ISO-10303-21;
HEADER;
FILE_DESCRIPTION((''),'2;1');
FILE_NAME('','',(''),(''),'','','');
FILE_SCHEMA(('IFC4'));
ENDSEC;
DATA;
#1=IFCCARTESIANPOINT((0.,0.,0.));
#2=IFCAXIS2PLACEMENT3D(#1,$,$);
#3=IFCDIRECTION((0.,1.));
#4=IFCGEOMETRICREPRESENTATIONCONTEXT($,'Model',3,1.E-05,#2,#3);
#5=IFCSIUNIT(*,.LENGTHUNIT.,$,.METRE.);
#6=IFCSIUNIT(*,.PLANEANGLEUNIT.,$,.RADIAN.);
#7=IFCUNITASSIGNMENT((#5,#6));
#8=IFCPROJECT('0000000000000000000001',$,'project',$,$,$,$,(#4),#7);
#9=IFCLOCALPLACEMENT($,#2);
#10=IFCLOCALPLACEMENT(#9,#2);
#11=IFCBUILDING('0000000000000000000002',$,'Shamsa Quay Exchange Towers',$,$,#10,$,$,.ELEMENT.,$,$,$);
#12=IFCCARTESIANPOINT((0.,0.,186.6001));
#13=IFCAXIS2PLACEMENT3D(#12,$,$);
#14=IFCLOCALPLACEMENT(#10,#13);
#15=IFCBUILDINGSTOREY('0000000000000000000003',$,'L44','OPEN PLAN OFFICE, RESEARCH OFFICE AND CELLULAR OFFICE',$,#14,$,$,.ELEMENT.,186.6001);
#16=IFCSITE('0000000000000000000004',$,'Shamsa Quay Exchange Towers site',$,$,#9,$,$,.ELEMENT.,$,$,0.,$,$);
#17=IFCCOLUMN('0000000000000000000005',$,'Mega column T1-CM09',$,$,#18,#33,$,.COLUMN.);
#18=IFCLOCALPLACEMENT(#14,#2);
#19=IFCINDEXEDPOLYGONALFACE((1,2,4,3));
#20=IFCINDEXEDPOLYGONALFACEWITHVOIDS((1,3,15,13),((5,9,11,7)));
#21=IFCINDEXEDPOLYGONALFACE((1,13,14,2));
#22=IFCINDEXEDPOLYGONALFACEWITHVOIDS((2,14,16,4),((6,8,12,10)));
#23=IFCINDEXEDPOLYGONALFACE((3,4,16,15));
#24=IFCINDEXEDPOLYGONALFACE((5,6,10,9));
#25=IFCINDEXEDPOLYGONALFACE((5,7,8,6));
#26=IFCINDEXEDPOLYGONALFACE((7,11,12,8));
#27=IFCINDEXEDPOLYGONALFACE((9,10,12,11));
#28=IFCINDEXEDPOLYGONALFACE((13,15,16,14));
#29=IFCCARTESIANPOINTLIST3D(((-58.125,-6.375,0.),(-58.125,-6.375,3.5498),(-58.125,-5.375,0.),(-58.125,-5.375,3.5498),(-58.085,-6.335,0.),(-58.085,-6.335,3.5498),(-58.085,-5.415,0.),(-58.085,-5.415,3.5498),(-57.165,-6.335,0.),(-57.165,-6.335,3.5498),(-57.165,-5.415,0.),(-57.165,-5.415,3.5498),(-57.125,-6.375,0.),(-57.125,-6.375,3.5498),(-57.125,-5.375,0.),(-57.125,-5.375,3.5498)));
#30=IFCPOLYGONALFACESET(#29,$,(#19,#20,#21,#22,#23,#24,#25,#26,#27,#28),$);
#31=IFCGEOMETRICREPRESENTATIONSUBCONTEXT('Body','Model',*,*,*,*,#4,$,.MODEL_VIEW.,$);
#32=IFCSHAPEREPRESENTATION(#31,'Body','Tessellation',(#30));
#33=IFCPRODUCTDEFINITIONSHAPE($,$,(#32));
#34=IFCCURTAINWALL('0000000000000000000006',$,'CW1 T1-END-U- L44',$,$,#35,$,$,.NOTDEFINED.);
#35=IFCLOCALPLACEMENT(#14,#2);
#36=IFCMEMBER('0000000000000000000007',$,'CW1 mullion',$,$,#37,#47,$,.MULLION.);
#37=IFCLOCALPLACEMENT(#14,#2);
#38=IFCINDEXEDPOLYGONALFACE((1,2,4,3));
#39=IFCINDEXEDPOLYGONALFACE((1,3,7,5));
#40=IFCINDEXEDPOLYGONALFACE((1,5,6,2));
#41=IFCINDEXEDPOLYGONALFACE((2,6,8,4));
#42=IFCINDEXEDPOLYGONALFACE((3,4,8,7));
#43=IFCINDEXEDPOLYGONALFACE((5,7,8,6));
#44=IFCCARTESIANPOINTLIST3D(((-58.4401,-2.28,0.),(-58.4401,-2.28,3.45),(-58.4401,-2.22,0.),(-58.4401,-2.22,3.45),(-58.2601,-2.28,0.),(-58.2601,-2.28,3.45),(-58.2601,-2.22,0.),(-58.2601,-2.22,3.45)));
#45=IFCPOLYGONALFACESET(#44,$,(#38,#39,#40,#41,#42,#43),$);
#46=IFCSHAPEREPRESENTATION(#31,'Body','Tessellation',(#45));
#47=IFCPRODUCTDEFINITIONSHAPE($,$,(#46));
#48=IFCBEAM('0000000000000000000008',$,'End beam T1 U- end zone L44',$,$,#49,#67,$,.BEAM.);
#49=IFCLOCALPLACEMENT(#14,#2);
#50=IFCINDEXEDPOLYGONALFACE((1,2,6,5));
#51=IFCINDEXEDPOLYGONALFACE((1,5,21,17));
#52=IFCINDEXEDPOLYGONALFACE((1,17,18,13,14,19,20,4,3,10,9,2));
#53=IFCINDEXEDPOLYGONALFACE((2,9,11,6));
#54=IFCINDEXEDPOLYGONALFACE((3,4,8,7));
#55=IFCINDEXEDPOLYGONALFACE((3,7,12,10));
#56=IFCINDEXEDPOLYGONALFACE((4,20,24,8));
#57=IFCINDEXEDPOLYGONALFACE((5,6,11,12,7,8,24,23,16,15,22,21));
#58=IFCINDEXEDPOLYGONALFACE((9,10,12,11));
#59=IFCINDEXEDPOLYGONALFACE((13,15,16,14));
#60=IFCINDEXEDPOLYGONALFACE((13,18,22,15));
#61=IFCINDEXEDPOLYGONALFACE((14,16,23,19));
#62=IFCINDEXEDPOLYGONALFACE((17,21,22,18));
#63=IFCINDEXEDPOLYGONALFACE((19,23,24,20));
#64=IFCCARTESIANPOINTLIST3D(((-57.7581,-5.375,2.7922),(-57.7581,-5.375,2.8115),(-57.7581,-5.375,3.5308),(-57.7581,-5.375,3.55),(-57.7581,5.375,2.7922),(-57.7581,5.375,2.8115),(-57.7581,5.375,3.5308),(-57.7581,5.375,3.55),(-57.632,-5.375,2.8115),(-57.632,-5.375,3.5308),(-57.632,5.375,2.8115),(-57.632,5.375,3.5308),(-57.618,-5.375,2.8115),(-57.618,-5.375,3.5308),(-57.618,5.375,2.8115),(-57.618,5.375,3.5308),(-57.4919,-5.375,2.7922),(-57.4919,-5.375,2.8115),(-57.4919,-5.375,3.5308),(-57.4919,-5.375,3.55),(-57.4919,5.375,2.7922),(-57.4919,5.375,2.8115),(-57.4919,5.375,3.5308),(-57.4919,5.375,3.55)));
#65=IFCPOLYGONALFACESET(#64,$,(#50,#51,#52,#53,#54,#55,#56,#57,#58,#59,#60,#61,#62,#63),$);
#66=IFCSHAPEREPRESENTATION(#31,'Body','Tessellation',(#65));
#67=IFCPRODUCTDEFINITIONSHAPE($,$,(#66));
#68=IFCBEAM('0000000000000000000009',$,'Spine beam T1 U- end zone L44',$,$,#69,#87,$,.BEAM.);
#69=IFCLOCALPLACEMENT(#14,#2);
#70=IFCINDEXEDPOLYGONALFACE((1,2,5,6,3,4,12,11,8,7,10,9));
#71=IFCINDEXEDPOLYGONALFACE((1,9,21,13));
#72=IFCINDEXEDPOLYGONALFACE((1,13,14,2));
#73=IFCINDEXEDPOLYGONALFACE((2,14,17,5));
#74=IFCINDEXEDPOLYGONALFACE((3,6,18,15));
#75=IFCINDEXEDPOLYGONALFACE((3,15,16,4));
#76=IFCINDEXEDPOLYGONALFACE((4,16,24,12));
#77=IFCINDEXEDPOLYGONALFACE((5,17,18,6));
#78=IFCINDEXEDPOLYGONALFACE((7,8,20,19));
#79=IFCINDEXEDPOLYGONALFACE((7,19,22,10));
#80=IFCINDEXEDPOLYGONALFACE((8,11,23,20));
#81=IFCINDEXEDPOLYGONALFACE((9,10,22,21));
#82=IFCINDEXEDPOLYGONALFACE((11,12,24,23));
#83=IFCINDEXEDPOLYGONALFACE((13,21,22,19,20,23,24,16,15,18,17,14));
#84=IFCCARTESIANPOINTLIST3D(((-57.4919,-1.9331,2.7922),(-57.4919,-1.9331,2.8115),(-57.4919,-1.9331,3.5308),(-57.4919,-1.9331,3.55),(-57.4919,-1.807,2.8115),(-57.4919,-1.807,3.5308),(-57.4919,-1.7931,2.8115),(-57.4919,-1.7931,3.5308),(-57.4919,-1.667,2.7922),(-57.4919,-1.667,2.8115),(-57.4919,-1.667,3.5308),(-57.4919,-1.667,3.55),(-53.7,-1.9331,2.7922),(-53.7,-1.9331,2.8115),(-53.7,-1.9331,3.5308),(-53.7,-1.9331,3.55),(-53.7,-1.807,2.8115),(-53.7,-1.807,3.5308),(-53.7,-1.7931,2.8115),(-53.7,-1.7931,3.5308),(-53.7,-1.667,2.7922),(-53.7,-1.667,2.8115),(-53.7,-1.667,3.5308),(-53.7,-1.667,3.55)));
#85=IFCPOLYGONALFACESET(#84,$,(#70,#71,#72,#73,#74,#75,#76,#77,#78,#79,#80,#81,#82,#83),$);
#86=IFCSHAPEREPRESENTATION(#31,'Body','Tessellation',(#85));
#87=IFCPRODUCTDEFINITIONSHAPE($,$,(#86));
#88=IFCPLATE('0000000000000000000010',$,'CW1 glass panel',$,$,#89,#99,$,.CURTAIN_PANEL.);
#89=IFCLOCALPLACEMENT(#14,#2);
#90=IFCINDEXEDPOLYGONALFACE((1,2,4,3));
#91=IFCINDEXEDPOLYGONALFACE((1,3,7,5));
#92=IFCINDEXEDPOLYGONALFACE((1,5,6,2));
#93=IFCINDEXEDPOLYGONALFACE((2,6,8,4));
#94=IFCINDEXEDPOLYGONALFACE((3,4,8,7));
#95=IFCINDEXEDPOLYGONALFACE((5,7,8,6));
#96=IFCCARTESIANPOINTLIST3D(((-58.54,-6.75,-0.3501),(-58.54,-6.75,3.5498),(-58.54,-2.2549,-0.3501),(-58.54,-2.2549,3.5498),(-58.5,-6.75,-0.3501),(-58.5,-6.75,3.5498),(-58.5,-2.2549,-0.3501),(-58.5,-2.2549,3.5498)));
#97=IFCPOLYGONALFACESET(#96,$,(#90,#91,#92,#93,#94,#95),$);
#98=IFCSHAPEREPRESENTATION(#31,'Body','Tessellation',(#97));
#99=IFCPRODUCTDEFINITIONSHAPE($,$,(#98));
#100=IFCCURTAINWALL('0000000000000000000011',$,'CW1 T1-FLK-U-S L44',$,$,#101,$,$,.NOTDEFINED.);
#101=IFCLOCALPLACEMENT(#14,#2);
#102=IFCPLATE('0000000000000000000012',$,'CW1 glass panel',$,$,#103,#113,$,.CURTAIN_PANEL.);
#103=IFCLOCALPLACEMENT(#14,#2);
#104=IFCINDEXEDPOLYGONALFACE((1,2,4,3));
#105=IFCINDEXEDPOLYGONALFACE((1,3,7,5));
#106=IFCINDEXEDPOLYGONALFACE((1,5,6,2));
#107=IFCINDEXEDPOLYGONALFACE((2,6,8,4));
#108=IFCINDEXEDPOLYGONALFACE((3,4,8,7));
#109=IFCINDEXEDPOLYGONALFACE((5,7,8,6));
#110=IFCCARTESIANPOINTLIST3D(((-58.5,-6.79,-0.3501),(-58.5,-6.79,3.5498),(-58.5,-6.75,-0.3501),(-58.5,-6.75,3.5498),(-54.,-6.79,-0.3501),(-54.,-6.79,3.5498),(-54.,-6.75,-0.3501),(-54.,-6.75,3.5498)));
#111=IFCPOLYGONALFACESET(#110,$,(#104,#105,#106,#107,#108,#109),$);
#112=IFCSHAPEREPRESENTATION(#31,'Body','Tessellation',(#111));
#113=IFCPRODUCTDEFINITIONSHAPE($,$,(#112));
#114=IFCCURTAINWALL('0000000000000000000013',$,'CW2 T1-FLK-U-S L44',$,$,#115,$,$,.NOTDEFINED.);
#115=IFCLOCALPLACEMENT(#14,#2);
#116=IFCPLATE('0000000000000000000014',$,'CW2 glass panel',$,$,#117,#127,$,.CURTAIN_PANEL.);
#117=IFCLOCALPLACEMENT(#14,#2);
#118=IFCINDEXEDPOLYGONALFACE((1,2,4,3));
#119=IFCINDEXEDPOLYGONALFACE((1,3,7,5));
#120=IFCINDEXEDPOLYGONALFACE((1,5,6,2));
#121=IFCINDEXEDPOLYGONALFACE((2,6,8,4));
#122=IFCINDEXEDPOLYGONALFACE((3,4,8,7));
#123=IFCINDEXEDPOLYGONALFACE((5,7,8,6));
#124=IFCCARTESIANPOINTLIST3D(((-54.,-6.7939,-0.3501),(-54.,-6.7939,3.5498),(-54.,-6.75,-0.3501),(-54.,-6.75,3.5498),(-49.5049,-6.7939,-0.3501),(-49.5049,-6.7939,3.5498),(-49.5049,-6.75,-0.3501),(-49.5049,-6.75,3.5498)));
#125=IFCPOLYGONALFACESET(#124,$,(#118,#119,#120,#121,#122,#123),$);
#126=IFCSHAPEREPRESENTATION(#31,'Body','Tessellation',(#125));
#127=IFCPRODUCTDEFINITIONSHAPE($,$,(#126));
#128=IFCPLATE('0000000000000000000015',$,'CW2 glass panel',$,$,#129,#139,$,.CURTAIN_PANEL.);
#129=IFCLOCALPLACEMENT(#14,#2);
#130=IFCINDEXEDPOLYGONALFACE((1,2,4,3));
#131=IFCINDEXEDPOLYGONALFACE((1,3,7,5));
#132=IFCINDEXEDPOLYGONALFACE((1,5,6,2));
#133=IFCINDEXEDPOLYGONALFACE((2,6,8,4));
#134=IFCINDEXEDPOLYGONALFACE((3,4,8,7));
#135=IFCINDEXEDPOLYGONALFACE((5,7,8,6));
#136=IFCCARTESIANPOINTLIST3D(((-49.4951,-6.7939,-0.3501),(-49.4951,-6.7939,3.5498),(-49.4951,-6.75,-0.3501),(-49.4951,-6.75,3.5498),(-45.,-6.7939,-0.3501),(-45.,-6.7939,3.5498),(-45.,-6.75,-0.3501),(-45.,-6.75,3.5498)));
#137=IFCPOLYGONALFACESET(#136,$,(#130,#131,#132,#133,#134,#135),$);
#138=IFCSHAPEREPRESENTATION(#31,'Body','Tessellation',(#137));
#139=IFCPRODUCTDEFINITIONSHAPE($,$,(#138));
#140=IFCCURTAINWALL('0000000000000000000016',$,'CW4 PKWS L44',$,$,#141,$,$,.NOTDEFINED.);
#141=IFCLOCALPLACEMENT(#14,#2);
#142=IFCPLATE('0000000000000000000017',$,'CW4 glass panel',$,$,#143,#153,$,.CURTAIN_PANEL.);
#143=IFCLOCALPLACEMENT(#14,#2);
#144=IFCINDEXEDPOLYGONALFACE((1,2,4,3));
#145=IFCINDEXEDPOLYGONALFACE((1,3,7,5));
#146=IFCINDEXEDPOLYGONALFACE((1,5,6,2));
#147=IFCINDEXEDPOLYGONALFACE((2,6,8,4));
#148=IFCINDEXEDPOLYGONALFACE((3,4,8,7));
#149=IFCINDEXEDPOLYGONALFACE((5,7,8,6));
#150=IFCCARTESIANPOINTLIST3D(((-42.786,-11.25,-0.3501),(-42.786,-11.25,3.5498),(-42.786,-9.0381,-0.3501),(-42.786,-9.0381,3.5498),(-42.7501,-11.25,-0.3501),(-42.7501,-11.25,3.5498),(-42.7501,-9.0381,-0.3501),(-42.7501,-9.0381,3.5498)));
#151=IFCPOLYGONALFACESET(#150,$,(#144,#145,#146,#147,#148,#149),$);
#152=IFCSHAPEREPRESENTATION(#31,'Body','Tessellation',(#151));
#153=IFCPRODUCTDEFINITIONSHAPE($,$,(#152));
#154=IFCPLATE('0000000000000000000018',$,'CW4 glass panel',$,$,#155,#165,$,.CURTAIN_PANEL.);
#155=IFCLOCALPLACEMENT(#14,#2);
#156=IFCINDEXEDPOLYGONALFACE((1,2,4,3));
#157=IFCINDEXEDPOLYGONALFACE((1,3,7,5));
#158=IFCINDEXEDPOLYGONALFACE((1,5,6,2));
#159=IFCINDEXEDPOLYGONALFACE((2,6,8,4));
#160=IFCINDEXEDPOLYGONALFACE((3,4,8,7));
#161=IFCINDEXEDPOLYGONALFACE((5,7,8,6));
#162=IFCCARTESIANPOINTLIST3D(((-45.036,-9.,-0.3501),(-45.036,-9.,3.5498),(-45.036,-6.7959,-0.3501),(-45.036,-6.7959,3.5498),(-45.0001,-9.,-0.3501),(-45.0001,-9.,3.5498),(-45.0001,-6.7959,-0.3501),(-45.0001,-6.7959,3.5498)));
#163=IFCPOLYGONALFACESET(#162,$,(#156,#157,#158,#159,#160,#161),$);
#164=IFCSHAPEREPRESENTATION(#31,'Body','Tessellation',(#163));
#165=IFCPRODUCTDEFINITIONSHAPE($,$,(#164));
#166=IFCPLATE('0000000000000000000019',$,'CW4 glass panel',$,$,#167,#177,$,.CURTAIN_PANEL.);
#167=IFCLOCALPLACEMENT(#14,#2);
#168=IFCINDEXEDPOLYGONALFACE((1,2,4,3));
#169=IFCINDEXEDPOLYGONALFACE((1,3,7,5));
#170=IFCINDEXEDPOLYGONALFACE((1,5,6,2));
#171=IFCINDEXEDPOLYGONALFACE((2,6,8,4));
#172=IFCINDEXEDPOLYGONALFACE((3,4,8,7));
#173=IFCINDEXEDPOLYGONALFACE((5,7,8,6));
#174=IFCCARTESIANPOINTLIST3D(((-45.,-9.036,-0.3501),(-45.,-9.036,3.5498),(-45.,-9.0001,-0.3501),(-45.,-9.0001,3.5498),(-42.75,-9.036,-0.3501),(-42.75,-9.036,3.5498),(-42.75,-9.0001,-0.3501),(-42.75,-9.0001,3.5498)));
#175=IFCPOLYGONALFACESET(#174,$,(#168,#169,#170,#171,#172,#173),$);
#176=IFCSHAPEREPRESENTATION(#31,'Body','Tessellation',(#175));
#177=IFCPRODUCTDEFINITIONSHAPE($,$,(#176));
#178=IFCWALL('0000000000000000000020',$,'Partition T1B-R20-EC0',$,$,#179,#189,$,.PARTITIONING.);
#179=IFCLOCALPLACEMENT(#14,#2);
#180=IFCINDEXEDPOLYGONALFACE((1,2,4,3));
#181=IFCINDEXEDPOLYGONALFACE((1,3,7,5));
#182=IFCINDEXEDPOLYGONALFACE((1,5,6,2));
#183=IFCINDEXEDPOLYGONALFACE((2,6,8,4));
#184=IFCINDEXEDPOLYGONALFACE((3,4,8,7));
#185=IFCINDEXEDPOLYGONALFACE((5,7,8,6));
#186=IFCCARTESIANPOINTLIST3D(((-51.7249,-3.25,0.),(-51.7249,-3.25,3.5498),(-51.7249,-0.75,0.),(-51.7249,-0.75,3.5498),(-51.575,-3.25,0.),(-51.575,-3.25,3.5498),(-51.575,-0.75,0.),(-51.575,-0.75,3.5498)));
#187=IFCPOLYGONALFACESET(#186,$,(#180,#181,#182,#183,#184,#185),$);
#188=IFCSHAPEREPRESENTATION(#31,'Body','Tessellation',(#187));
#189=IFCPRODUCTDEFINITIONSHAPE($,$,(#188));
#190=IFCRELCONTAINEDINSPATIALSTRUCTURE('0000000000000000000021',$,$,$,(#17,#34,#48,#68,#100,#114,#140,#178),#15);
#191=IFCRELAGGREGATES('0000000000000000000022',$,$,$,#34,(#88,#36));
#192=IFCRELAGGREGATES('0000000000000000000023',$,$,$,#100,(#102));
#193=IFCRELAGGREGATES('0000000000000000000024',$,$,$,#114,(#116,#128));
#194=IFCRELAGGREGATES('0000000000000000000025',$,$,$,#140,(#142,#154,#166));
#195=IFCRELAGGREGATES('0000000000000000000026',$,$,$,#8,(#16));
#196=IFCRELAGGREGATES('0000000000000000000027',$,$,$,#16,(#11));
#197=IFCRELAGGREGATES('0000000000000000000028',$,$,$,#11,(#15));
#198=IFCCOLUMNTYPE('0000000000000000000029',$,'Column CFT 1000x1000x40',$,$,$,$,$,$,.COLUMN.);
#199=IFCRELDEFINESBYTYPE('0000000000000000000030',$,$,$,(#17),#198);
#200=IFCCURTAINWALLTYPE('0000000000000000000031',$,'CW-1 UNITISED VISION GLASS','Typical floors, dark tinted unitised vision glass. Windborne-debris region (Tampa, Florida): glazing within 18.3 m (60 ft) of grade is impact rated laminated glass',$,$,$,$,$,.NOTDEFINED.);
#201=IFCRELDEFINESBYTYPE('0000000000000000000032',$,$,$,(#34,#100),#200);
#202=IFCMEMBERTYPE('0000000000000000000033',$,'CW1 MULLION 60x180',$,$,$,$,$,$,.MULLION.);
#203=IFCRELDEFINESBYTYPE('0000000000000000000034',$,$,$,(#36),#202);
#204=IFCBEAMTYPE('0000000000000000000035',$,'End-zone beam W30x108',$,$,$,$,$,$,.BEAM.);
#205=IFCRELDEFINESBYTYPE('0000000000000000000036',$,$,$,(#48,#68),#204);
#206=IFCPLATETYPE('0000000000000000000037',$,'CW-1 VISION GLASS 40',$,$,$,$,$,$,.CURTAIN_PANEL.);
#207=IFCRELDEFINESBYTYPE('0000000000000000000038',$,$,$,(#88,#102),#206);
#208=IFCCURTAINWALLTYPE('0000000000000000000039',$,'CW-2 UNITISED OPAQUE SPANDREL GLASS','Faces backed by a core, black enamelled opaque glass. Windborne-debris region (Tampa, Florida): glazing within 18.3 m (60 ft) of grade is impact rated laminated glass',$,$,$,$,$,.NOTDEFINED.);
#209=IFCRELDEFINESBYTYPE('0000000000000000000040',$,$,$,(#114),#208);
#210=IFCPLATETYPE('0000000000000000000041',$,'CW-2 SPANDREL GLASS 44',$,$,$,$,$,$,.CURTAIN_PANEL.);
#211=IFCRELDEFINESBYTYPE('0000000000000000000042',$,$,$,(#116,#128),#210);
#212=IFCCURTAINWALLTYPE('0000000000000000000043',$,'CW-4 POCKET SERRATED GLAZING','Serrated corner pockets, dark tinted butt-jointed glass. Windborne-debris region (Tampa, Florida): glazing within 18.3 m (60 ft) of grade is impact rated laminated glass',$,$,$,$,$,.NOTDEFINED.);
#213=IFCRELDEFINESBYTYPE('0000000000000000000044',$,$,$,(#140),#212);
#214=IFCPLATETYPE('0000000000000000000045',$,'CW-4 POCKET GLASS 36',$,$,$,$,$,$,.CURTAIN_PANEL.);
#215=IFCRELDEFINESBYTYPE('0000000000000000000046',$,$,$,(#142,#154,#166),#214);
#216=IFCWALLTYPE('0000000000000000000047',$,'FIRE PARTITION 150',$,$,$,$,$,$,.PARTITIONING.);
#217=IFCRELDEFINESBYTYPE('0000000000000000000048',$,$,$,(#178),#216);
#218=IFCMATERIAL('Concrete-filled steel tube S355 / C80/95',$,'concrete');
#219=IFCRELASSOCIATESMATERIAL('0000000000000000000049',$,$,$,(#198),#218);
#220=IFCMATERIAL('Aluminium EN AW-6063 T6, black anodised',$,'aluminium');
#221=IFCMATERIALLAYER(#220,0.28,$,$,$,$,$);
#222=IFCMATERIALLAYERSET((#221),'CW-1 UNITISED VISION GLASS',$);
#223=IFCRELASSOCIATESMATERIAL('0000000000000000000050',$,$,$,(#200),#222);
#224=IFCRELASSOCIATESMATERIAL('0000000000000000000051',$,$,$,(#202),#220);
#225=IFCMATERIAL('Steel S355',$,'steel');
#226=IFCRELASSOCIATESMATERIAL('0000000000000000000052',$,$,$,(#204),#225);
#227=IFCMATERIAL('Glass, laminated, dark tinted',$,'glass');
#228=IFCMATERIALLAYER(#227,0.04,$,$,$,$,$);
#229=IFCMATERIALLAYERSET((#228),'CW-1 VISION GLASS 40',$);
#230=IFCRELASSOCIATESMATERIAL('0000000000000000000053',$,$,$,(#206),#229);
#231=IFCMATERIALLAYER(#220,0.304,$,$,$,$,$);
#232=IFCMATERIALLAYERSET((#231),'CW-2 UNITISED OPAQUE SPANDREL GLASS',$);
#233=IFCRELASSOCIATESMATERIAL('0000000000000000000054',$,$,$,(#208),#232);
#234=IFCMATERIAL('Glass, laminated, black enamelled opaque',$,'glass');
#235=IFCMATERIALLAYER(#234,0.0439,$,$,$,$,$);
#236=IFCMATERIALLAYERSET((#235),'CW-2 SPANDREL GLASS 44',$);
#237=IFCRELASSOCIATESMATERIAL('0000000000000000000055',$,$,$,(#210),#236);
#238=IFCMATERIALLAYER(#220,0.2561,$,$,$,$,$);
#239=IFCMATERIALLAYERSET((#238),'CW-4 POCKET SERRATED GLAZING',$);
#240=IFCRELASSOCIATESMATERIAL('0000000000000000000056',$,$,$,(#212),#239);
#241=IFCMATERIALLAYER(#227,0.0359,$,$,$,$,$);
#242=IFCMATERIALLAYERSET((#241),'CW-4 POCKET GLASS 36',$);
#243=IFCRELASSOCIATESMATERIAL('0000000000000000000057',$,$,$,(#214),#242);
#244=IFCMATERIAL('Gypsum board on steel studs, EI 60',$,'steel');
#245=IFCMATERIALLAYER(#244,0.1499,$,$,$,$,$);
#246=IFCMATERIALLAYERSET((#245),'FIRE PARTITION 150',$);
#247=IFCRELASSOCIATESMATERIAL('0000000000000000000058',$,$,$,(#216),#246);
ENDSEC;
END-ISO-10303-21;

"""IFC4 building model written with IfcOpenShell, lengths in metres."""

from ifc_helpers import new_model, si_unit, direction, frame, frame_2d, origin, origin_2d, place, context, subcontext, project, spatial, rectangle, hollow_rectangle, i_section, extrude, material, layer, layer_set, material_profile, profile_set, type_object, element, aggregate, save


model = new_model("IFC4")

# Units and contexts
model_context = context("Model", 3, precision=1e-05, world=origin(), true_north=direction((0.0, 1.0)))
body_context = subcontext(model_context, "Body", "Model", "MODEL_VIEW")
ifc_project = project(units=[si_unit("LENGTHUNIT", "METRE"), si_unit("PLANEANGLEUNIT", "RADIAN")], contexts=[model_context])

# Site, building, storey
site_placement = place(None, origin())
site = spatial("IfcSite", under=ifc_project, at=site_placement, Name="Shamsa Quay Exchange Towers site", CompositionType="ELEMENT", RefElevation=0.0)
building_placement = place(site_placement, origin())
building = spatial("IfcBuilding", under=site, at=building_placement, Name="Shamsa Quay Exchange Towers", CompositionType="ELEMENT")
storey_placement = place(building_placement, frame((0.0, 0.0, 186.6001)))
storey = spatial("IfcBuildingStorey", under=building, at=storey_placement, Name="L44", Description="OPEN PLAN OFFICE, RESEARCH OFFICE AND CELLULAR OFFICE", CompositionType="ELEMENT", Elevation=186.6001)

# Column
ifc_material_1 = material(Name="Concrete-filled steel tube S355 / C80/95", Category="concrete")
ifc_material_profile_1 = material_profile(ifc_material_1, hollow_rectangle(XDim=1.0, YDim=1.0, WallThickness=0.04, at=origin_2d()), Name="CFT 1000x1000x40")
ifc_profile_set_1 = profile_set([ifc_material_profile_1], Name="Concrete-filled steel tube S355 / C80/95")
column_type = type_object("IfcColumnType", Name="Column CFT 1000x1000x40", PredefinedType="COLUMN", material=ifc_profile_set_1)
column_placement = place(storey_placement, frame((-57.625, -5.875, 0.0)))
element("IfcColumn", 1, at=column_placement, inside=storey, type_object=column_type, Name="Mega column T1-CM09", PredefinedType="COLUMN", context=body_context, shape_type="SweptSolid", body=[
    extrude(hollow_rectangle(XDim=1.0, YDim=1.0, WallThickness=0.04, at=origin_2d()), origin(), (0.0, 0.0, 1.0), 3.5498),
])

# Curtain wall, member
ifc_material_2 = material(Name="Aluminium EN AW-6063 T6, black anodised", Category="aluminium")
ifc_layer_1 = layer(ifc_material_2, 0.28)
ifc_layer_set_1 = layer_set([ifc_layer_1], Name="CW-1 UNITISED VISION GLASS")
curtain_wall_type_1 = type_object("IfcCurtainWallType", Name="CW-1 UNITISED VISION GLASS", Description="Typical floors, dark tinted unitised vision glass. Windborne-debris region (Tampa, Florida): glazing within 18.3 m (60 ft) of grade is impact rated laminated glass", PredefinedType="NOTDEFINED", material=ifc_layer_set_1)
curtain_wall_1_placement = place(storey_placement, origin())
curtain_wall_1 = element("IfcCurtainWall", 2, at=curtain_wall_1_placement, inside=storey, type_object=curtain_wall_type_1, Name="CW1 T1-END-U- L44", PredefinedType="NOTDEFINED")
ifc_material_profile_2 = material_profile(ifc_material_2, rectangle(XDim=0.1799, YDim=0.0601, at=origin_2d()), Name="MU60x180")
ifc_profile_set_2 = profile_set([ifc_material_profile_2], Name="Aluminium EN AW-6063 T6, black anodised")
member_type = type_object("IfcMemberType", Name="CW1 MULLION 60x180", PredefinedType="MULLION", material=ifc_profile_set_2)
member_placement = place(storey_placement, frame((-58.3501, -2.25, 0.0)))
member = element("IfcMember", 3, at=member_placement, type_object=member_type, Name="CW1 mullion", PredefinedType="MULLION", context=body_context, shape_type="SweptSolid", body=[
    extrude(rectangle(XDim=0.1799, YDim=0.0601, at=origin_2d()), origin(), (0.0, 0.0, 1.0), 3.45),
])

# Beams
ifc_material_3 = material(Name="Steel S355", Category="steel")
ifc_material_profile_3 = material_profile(ifc_material_3, i_section(OverallWidth=0.2661, OverallDepth=0.7578, WebThickness=0.0139, FlangeThickness=0.0193, at=origin_2d()), Name="W30x108")
ifc_profile_set_3 = profile_set([ifc_material_profile_3], Name="Steel S355")
beam_type = type_object("IfcBeamType", Name="End-zone beam W30x108", PredefinedType="BEAM", material=ifc_profile_set_3)
beam_1_placement = place(storey_placement, frame((-57.625, -5.375, 3.1711), z_axis=(0.0, 1.0, 0.0), x_axis=(-1.0, 0.0, 0.0)))
element("IfcBeam", 4, at=beam_1_placement, inside=storey, type_object=beam_type, Name="End beam T1 U- end zone L44", PredefinedType="BEAM", context=body_context, shape_type="SweptSolid", body=[
    extrude(i_section(OverallWidth=0.2661, OverallDepth=0.7578, WebThickness=0.0139, FlangeThickness=0.0193, at=origin_2d()), origin(), (0.0, 0.0, 1.0), 10.75),
])
beam_2_placement = place(storey_placement, frame((-53.7, -1.8, 3.1711), z_axis=(-1.0, 0.0, 0.0), x_axis=(0.0, -1.0, 0.0)))
element("IfcBeam", 5, at=beam_2_placement, inside=storey, type_object=beam_type, Name="Spine beam T1 U- end zone L44", PredefinedType="BEAM", context=body_context, shape_type="SweptSolid", body=[
    extrude(i_section(OverallWidth=0.2661, OverallDepth=0.7578, WebThickness=0.0139, FlangeThickness=0.0193, at=origin_2d()), origin(), (0.0, 0.0, 1.0), 3.792),
])

# Plate
ifc_material_4 = material(Name="Glass, laminated, dark tinted", Category="glass")
ifc_layer_2 = layer(ifc_material_4, 0.04)
ifc_layer_set_2 = layer_set([ifc_layer_2], Name="CW-1 VISION GLASS 40")
plate_type_1 = type_object("IfcPlateType", Name="CW-1 VISION GLASS 40", PredefinedType="CURTAIN_PANEL", material=ifc_layer_set_2)
plate_1_placement = place(storey_placement, frame((-58.52, -4.5024, -0.3501), z_axis=(0.0, 0.0, 1.0), x_axis=(0.0, -1.0, 0.0)))
plate_1 = element("IfcPlate", 6, at=plate_1_placement, type_object=plate_type_1, Name="CW1 glass panel", PredefinedType="CURTAIN_PANEL", context=body_context, shape_type="SweptSolid", body=[
    extrude(rectangle(XDim=4.4951, YDim=0.04, at=origin_2d()), origin(), (0.0, 0.0, 1.0), 3.8999),
])
aggregate(curtain_wall_1, [plate_1, member])

# Curtain wall, plate
curtain_wall_2_placement = place(storey_placement, origin())
curtain_wall_2 = element("IfcCurtainWall", 7, at=curtain_wall_2_placement, inside=storey, type_object=curtain_wall_type_1, Name="CW1 T1-FLK-U-S L44", PredefinedType="NOTDEFINED")
plate_2_placement = place(storey_placement, frame((-56.25, -6.77, -0.3501)))
plate_2 = element("IfcPlate", 8, at=plate_2_placement, type_object=plate_type_1, Name="CW1 glass panel", PredefinedType="CURTAIN_PANEL", context=body_context, shape_type="SweptSolid", body=[
    extrude(rectangle(XDim=4.5, YDim=0.04, at=origin_2d()), origin(), (0.0, 0.0, 1.0), 3.8999),
])
aggregate(curtain_wall_2, [plate_2])

# Curtain walls, plates
ifc_layer_3 = layer(ifc_material_2, 0.304)
ifc_layer_set_3 = layer_set([ifc_layer_3], Name="CW-2 UNITISED OPAQUE SPANDREL GLASS")
curtain_wall_type_2 = type_object("IfcCurtainWallType", Name="CW-2 UNITISED OPAQUE SPANDREL GLASS", Description="Faces backed by a core, black enamelled opaque glass. Windborne-debris region (Tampa, Florida): glazing within 18.3 m (60 ft) of grade is impact rated laminated glass", PredefinedType="NOTDEFINED", material=ifc_layer_set_3)
curtain_wall_3_placement = place(storey_placement, origin())
curtain_wall_3 = element("IfcCurtainWall", 9, at=curtain_wall_3_placement, inside=storey, type_object=curtain_wall_type_2, Name="CW2 T1-FLK-U-S L44", PredefinedType="NOTDEFINED")
ifc_material_5 = material(Name="Glass, laminated, black enamelled opaque", Category="glass")
ifc_layer_4 = layer(ifc_material_5, 0.0439)
ifc_layer_set_4 = layer_set([ifc_layer_4], Name="CW-2 SPANDREL GLASS 44")
plate_type_2 = type_object("IfcPlateType", Name="CW-2 SPANDREL GLASS 44", PredefinedType="CURTAIN_PANEL", material=ifc_layer_set_4)
plate_3_placement = place(storey_placement, frame((-51.7524, -6.772, -0.3501)))
plate_3 = element("IfcPlate", 10, at=plate_3_placement, type_object=plate_type_2, Name="CW2 glass panel", PredefinedType="CURTAIN_PANEL", context=body_context, shape_type="SweptSolid", body=[
    extrude(rectangle(XDim=4.4951, YDim=0.0439, at=origin_2d()), origin(), (0.0, 0.0, 1.0), 3.8999),
])
plate_4_placement = place(storey_placement, frame((-47.2476, -6.772, -0.3501)))
plate_4 = element("IfcPlate", 11, at=plate_4_placement, type_object=plate_type_2, Name="CW2 glass panel", PredefinedType="CURTAIN_PANEL", context=body_context, shape_type="SweptSolid", body=[
    extrude(rectangle(XDim=4.4951, YDim=0.0439, at=origin_2d()), origin(), (0.0, 0.0, 1.0), 3.8999),
])
aggregate(curtain_wall_3, [plate_3, plate_4])
ifc_layer_5 = layer(ifc_material_2, 0.2561)
ifc_layer_set_5 = layer_set([ifc_layer_5], Name="CW-4 POCKET SERRATED GLAZING")
curtain_wall_type_3 = type_object("IfcCurtainWallType", Name="CW-4 POCKET SERRATED GLAZING", Description="Serrated corner pockets, dark tinted butt-jointed glass. Windborne-debris region (Tampa, Florida): glazing within 18.3 m (60 ft) of grade is impact rated laminated glass", PredefinedType="NOTDEFINED", material=ifc_layer_set_5)
curtain_wall_4_placement = place(storey_placement, origin())
curtain_wall_4 = element("IfcCurtainWall", 12, at=curtain_wall_4_placement, inside=storey, type_object=curtain_wall_type_3, Name="CW4 PKWS L44", PredefinedType="NOTDEFINED")
ifc_layer_6 = layer(ifc_material_4, 0.0359)
ifc_layer_set_6 = layer_set([ifc_layer_6], Name="CW-4 POCKET GLASS 36")
plate_type_3 = type_object("IfcPlateType", Name="CW-4 POCKET GLASS 36", PredefinedType="CURTAIN_PANEL", material=ifc_layer_set_6)
plate_5_placement = place(storey_placement, frame((-42.7681, -10.144, -0.3501), z_axis=(0.0, 0.0, 1.0), x_axis=(0.0, -1.0, 0.0)))
plate_5 = element("IfcPlate", 13, at=plate_5_placement, type_object=plate_type_3, Name="CW4 glass panel", PredefinedType="CURTAIN_PANEL", context=body_context, shape_type="SweptSolid", body=[
    extrude(rectangle(XDim=2.2119, YDim=0.0359, at=origin_2d()), origin(), (0.0, 0.0, 1.0), 3.8999),
])
plate_6_placement = place(storey_placement, frame((-45.0181, -7.8979, -0.3501), z_axis=(0.0, 0.0, 1.0), x_axis=(0.0, -1.0, 0.0)))
plate_6 = element("IfcPlate", 14, at=plate_6_placement, type_object=plate_type_3, Name="CW4 glass panel", PredefinedType="CURTAIN_PANEL", context=body_context, shape_type="SweptSolid", body=[
    extrude(rectangle(XDim=2.2041, YDim=0.0359, at=origin_2d()), origin(), (0.0, 0.0, 1.0), 3.8999),
])
plate_7_placement = place(storey_placement, frame((-43.875, -9.0181, -0.3501)))
plate_7 = element("IfcPlate", 15, at=plate_7_placement, type_object=plate_type_3, Name="CW4 glass panel", PredefinedType="CURTAIN_PANEL", context=body_context, shape_type="SweptSolid", body=[
    extrude(rectangle(XDim=2.25, YDim=0.0359, at=origin_2d()), origin(), (0.0, 0.0, 1.0), 3.8999),
])
aggregate(curtain_wall_4, [plate_5, plate_6, plate_7])

# Wall
ifc_material_6 = material(Name="Gypsum board on steel studs, EI 60", Category="steel")
ifc_layer_7 = layer(ifc_material_6, 0.1499)
ifc_layer_set_7 = layer_set([ifc_layer_7], Name="FIRE PARTITION 150")
wall_type_1 = type_object("IfcWallType", Name="FIRE PARTITION 150", PredefinedType="PARTITIONING", material=ifc_layer_set_7)
wall_1_placement = place(storey_placement, frame((-51.6499, -3.25, 0.0), z_axis=(0.0, 0.0, 1.0), x_axis=(0.0, 1.0, 0.0)))
element("IfcWall", 16, at=wall_1_placement, inside=storey, type_object=wall_type_1, Name="Partition T1B-R20-EC0", PredefinedType="PARTITIONING", context=body_context, shape_type="SweptSolid", body=[
    extrude(rectangle(XDim=2.5, YDim=0.1499, at=frame_2d((1.25, 0.0))), origin(), (0.0, 0.0, 1.0), 3.5498),
])

save(model, "model.ifc")
